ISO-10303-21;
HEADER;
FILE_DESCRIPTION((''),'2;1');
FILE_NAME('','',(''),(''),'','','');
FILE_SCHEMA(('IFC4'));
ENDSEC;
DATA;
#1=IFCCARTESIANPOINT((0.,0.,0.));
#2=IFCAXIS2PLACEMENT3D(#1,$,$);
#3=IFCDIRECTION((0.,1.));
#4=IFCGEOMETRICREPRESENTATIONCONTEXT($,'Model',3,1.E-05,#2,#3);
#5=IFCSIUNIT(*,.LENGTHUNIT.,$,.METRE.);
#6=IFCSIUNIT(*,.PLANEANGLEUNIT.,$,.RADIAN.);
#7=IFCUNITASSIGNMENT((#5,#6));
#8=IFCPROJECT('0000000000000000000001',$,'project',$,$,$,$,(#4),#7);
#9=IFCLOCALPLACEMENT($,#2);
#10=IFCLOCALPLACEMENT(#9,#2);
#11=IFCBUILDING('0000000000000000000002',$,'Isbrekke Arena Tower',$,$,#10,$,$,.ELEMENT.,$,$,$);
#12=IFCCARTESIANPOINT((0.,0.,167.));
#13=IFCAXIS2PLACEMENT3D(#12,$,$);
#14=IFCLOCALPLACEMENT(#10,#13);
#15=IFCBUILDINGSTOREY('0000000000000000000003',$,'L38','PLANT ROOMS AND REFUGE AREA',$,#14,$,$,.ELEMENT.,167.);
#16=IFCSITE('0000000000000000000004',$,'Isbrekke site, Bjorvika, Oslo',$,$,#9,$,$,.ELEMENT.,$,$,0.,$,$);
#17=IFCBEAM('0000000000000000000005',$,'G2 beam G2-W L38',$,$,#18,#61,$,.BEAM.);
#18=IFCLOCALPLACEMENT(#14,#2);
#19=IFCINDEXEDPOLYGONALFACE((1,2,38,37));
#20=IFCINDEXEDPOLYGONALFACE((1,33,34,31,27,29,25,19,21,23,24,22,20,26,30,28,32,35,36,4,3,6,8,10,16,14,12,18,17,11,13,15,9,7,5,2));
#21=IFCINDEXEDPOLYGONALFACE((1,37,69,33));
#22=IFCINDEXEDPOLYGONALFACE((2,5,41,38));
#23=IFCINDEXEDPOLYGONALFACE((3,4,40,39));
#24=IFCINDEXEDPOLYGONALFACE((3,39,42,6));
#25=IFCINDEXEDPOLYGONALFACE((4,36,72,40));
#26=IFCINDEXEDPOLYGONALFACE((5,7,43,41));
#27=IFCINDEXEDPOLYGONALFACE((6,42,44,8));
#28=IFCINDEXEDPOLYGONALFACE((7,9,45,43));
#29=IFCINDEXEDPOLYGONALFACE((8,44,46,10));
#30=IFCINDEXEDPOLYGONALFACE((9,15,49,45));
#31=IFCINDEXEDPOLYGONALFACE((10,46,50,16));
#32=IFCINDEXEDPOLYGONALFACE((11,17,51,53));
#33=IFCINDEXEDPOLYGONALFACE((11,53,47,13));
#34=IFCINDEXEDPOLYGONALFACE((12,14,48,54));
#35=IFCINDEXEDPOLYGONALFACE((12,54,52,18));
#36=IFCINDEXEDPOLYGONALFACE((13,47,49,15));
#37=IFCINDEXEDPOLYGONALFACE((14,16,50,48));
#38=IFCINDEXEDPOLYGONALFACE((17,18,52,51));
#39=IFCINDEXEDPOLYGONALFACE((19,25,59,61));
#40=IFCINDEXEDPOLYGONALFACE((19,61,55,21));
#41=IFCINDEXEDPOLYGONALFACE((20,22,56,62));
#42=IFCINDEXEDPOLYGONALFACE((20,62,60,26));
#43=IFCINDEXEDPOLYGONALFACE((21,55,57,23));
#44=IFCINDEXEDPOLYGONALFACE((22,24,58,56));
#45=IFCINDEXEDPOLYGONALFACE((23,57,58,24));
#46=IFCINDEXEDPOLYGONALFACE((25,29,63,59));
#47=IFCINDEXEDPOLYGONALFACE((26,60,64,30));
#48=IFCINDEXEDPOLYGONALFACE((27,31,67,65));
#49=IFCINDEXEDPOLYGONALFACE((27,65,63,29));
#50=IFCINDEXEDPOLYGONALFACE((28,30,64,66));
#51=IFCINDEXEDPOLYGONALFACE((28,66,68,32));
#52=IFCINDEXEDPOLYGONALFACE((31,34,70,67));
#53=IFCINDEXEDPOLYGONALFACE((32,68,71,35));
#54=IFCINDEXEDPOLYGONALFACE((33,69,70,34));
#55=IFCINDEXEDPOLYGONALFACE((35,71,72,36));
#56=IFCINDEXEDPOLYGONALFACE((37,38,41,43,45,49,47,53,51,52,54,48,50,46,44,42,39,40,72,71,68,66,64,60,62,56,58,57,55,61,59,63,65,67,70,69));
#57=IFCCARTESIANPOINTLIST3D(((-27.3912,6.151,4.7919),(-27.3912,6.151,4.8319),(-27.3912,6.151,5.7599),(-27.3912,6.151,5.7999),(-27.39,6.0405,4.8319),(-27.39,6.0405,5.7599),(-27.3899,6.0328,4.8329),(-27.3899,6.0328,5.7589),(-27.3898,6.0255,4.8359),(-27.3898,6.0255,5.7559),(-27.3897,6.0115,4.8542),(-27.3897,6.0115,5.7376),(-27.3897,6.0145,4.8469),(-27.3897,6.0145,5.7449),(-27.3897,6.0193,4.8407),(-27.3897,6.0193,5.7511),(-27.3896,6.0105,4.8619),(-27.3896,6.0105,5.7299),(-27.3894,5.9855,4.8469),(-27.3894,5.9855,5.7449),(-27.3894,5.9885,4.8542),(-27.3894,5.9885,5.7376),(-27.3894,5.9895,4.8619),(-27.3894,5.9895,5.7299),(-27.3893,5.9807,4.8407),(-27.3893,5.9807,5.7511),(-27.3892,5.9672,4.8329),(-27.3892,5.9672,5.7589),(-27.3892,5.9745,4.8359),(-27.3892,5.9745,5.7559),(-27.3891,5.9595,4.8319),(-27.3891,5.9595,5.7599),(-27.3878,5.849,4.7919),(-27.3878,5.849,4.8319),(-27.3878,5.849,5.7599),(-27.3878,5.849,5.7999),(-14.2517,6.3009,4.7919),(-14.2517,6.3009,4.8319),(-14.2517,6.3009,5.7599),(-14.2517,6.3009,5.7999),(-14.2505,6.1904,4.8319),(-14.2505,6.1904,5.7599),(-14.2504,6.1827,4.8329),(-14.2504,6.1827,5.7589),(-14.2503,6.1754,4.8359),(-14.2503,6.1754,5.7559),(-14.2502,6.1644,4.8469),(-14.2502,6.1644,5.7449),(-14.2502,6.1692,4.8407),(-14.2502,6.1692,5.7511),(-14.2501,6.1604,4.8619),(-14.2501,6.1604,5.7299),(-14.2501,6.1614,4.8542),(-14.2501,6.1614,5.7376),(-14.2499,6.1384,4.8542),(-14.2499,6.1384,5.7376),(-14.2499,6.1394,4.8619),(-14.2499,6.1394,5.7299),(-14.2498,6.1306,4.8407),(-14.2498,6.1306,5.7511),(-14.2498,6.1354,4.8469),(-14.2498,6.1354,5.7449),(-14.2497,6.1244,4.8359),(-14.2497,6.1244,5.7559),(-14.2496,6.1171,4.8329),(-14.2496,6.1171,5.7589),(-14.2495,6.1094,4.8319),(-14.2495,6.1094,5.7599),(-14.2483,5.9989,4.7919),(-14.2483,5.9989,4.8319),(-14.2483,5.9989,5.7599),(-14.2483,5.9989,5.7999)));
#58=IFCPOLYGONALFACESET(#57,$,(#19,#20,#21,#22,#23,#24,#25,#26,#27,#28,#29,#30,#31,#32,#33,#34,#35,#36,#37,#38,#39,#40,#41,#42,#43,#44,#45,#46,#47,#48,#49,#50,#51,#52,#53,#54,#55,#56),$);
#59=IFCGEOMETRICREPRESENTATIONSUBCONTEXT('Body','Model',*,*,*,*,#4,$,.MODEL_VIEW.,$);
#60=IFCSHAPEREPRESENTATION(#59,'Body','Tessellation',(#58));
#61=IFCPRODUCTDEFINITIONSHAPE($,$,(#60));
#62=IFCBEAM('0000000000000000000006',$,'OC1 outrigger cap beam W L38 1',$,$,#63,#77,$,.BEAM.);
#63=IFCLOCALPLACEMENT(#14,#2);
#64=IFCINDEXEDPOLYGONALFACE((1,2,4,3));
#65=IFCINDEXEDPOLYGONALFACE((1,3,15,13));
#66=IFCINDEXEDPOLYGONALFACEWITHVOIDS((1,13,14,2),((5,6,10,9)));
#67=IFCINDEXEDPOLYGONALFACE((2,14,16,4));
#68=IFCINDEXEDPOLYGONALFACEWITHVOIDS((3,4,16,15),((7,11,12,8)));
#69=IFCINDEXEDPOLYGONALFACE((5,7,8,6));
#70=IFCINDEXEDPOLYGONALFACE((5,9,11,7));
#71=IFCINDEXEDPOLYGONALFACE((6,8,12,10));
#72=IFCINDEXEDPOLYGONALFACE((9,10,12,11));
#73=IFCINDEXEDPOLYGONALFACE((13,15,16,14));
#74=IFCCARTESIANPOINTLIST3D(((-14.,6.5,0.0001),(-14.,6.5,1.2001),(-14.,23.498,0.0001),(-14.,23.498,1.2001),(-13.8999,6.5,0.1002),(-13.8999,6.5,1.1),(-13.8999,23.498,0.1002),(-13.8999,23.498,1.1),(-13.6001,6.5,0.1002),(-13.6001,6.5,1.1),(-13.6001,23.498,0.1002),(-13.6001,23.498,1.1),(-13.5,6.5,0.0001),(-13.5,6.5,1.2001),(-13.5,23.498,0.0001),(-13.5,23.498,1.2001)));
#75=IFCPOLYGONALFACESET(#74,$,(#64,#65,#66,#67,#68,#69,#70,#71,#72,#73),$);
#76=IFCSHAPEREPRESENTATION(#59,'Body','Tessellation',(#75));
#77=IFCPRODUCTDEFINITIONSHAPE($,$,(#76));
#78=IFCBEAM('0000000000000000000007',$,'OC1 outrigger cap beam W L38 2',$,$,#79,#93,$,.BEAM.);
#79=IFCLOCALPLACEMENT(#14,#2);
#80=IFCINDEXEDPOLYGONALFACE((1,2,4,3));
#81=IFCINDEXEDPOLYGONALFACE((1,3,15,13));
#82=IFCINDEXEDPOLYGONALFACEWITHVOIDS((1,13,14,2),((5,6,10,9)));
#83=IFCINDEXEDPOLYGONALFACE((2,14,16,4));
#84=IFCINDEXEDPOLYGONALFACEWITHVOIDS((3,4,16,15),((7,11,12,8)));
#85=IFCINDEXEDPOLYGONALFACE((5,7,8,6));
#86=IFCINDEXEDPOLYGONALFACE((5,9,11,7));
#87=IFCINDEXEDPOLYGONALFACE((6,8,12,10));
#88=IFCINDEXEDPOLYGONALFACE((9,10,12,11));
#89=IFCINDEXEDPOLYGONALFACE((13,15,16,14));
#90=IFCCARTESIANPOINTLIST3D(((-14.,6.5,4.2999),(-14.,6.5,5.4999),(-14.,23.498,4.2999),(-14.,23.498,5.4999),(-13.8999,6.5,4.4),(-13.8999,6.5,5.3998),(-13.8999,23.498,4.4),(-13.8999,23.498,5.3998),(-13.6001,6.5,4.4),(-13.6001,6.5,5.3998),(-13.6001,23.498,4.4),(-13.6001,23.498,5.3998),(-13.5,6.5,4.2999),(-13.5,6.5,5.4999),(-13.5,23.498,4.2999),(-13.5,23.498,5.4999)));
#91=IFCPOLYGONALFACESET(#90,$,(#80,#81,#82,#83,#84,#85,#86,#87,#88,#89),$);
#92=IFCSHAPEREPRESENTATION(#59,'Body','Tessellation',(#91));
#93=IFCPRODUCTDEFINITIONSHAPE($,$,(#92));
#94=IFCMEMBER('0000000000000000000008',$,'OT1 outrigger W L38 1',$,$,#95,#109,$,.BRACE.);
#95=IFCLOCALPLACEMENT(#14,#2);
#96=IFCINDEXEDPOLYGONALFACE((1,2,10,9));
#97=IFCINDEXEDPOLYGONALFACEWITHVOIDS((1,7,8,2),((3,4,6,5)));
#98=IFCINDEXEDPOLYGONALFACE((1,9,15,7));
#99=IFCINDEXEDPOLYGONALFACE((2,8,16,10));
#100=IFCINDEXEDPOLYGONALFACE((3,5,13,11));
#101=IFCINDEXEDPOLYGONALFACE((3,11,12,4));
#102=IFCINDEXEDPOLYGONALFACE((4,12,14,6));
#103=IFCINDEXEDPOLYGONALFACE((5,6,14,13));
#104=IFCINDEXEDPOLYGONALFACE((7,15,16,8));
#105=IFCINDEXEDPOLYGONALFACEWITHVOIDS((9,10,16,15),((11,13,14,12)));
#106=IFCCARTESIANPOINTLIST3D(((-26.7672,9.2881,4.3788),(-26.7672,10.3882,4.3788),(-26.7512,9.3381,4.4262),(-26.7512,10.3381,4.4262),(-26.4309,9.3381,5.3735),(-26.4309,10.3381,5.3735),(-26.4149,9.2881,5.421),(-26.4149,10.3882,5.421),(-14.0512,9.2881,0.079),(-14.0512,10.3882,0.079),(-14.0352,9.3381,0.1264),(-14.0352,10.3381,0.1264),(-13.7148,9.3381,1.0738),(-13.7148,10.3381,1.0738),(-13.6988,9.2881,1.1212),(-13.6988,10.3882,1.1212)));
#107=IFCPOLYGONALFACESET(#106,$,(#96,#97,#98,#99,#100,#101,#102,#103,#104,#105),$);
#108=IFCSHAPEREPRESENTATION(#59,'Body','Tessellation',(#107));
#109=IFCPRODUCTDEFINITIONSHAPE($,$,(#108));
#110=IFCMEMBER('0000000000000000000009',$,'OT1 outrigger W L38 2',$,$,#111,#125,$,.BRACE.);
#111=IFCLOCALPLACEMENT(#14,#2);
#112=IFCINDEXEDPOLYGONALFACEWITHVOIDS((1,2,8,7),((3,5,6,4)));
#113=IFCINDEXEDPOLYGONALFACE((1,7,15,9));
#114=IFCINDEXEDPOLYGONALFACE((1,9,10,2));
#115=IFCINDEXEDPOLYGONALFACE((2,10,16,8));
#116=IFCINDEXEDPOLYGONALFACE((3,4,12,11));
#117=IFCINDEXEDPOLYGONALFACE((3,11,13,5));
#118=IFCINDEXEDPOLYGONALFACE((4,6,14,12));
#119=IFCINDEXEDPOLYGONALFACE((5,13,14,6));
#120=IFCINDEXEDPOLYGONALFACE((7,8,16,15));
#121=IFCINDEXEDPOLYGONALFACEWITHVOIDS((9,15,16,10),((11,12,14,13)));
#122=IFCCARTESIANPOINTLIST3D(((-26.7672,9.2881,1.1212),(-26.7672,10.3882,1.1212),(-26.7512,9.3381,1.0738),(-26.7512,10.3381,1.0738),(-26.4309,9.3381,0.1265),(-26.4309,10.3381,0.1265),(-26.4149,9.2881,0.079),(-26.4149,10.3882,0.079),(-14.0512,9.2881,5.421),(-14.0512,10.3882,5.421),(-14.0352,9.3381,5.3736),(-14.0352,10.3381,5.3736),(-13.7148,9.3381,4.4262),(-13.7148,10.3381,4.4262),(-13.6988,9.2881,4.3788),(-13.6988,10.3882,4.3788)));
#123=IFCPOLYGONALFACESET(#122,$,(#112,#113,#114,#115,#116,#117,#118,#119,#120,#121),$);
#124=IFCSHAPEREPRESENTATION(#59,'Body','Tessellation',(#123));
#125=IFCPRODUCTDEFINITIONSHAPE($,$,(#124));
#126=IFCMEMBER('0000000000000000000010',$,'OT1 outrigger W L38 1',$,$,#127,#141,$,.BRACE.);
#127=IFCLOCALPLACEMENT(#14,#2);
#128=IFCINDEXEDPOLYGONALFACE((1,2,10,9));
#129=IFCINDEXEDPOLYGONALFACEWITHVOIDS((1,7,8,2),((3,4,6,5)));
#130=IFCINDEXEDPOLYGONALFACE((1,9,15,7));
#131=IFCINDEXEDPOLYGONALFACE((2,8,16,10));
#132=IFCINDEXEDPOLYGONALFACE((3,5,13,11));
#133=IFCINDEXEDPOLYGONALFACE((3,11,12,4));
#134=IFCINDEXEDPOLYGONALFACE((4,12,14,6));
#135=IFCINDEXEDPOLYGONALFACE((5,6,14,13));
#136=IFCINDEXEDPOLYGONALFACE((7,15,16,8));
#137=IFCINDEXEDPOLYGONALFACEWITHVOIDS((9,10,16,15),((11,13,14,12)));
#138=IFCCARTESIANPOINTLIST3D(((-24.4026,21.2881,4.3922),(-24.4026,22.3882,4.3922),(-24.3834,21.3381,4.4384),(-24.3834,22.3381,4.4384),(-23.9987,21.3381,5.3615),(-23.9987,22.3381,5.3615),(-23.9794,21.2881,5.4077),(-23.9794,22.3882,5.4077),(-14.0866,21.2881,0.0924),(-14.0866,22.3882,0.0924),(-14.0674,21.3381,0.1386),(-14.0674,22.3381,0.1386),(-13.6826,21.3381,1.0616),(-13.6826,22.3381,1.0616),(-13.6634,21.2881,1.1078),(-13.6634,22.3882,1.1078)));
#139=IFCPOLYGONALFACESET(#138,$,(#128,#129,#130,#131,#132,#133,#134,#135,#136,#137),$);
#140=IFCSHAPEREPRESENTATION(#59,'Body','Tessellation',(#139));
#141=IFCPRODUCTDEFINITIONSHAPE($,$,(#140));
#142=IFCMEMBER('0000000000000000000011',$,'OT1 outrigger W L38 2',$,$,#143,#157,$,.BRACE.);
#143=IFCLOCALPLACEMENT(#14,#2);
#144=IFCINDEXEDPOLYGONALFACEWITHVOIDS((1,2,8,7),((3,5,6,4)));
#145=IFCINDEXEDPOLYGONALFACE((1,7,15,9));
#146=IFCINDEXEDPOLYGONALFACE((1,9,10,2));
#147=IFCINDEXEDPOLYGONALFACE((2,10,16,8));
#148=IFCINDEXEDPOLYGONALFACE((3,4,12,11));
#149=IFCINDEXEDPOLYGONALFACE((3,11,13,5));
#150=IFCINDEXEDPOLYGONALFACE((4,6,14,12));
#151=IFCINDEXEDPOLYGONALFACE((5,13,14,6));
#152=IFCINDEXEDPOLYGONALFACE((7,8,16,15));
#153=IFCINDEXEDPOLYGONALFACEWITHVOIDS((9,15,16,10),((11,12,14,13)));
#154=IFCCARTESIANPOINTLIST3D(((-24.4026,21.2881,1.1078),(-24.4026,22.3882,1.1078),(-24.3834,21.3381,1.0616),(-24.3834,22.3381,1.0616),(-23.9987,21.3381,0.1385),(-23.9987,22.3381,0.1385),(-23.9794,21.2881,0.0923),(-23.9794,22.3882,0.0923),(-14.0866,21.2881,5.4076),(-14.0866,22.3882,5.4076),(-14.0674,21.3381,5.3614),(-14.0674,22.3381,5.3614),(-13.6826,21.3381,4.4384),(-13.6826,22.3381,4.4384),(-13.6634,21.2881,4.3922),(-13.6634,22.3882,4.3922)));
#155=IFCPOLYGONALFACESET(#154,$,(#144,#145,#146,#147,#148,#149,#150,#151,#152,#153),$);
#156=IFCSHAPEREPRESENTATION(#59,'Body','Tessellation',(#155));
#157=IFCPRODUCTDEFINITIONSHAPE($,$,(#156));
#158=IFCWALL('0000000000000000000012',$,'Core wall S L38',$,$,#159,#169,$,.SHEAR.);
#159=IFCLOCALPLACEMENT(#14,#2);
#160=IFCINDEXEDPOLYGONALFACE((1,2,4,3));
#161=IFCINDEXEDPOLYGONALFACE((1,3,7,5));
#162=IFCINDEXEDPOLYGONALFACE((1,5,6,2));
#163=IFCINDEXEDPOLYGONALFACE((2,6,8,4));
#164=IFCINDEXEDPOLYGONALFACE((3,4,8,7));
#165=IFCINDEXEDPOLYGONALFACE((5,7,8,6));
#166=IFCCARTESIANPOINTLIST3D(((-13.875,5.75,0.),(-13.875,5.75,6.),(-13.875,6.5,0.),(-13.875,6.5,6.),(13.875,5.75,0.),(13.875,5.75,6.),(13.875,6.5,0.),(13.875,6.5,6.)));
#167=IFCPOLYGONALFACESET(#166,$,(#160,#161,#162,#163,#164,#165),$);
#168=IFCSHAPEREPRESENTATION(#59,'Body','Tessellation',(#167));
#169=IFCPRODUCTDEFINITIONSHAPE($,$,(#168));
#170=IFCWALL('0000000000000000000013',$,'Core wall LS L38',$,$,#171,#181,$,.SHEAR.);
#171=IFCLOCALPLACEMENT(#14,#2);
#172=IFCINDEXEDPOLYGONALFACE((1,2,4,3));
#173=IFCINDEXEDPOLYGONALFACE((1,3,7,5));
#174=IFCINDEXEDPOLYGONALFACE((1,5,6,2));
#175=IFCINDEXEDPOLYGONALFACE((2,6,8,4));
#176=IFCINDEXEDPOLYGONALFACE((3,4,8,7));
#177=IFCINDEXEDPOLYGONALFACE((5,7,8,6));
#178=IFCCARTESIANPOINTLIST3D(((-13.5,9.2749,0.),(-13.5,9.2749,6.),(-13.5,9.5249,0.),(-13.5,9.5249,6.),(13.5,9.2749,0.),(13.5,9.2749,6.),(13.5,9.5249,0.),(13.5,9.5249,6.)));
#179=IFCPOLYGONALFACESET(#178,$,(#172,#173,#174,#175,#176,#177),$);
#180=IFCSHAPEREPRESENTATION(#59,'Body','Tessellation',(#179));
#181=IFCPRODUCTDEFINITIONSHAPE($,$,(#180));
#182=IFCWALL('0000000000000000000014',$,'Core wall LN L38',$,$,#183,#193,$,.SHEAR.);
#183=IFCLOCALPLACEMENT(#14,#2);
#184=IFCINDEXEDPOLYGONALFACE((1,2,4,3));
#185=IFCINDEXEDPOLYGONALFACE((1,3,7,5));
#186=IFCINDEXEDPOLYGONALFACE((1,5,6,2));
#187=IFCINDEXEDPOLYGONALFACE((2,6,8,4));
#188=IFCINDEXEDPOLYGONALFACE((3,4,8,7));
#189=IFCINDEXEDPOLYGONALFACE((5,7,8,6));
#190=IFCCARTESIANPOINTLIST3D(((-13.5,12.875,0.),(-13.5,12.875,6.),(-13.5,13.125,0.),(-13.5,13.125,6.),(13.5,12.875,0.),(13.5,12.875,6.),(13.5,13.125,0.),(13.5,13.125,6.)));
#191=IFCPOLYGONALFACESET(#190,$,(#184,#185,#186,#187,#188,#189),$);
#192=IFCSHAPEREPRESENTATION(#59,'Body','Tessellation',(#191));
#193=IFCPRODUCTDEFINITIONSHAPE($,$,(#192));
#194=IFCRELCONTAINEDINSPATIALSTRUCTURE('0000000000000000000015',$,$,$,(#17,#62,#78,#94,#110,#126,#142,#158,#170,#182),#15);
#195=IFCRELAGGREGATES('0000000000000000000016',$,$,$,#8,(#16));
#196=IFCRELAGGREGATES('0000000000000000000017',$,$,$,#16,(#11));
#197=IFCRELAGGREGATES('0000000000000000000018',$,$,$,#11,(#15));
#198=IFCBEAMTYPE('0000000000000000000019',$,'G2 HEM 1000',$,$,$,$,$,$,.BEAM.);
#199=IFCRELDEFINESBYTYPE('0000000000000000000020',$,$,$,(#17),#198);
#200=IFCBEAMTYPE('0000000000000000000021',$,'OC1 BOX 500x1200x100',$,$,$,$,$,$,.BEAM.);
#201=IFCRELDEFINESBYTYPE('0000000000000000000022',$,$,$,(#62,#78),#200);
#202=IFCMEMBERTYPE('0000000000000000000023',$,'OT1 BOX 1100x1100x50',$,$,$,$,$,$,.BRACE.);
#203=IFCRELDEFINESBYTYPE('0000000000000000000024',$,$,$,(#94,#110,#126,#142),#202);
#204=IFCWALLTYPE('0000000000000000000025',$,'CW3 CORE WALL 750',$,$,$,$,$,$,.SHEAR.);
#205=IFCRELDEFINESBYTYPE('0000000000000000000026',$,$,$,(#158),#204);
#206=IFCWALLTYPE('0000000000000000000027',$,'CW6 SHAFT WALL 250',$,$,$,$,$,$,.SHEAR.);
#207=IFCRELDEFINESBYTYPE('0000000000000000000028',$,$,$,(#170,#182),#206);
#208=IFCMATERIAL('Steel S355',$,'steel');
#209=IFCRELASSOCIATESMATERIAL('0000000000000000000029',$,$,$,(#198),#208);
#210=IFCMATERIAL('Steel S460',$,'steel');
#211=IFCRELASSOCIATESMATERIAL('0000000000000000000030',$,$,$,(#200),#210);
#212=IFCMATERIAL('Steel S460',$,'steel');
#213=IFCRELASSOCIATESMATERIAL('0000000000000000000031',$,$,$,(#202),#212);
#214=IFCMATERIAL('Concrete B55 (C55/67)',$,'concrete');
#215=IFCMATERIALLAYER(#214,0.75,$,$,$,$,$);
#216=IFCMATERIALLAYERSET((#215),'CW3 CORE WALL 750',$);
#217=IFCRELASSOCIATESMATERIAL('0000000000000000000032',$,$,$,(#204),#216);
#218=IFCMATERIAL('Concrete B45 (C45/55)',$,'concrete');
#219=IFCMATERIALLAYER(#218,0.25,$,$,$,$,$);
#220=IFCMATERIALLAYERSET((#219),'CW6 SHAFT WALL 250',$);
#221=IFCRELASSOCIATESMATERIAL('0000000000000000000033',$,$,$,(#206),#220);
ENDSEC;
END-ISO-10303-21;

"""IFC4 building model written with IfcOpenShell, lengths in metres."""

from ifc_helpers import new_model, si_unit, direction, frame, frame_2d, origin, origin_2d, place, context, subcontext, project, spatial, rectangle, hollow_rectangle, i_section, extrude, material, layer, layer_set, material_profile, profile_set, type_object, element, save


model = new_model("IFC4")

# Units and contexts
model_context = context("Model", 3, precision=1e-05, world=origin(), true_north=direction((0.0, 1.0)))
body_context = subcontext(model_context, "Body", "Model", "MODEL_VIEW")
ifc_project = project(units=[si_unit("LENGTHUNIT", "METRE"), si_unit("PLANEANGLEUNIT", "RADIAN")], contexts=[model_context])

# Site, building, storey
site_placement = place(None, origin())
site = spatial("IfcSite", under=ifc_project, at=site_placement, Name="Isbrekke site, Bjorvika, Oslo", CompositionType="ELEMENT", RefElevation=0.0)
building_placement = place(site_placement, origin())
building = spatial("IfcBuilding", under=site, at=building_placement, Name="Isbrekke Arena Tower", CompositionType="ELEMENT")
storey_placement = place(building_placement, frame((0.0, 0.0, 167.0)))
storey = spatial("IfcBuildingStorey", under=building, at=storey_placement, Name="L38", Description="PLANT ROOMS AND REFUGE AREA", CompositionType="ELEMENT", Elevation=167.0)

# Beams
ifc_material_1 = material(Name="Steel S355", Category="steel")
ifc_material_profile_1 = material_profile(ifc_material_1, i_section(OverallWidth=0.302, OverallDepth=1.0081, WebThickness=0.021, FlangeThickness=0.04, FilletRadius=0.03, at=origin_2d()), Name="HEM 1000")
ifc_profile_set_1 = profile_set([ifc_material_profile_1], Name="Steel S355")
beam_type_1 = type_object("IfcBeamType", Name="G2 HEM 1000", PredefinedType="BEAM", material=ifc_profile_set_1)
beam_placement = place(storey_placement, frame((-14.25, 6.1499, 5.2959), z_axis=(-0.999935, -0.011408, 0.0), x_axis=(0.011408, -0.999935, 0.0)))
element("IfcBeam", 1, at=beam_placement, inside=storey, type_object=beam_type_1, Name="G2 beam G2-W L38", PredefinedType="BEAM", context=body_context, shape_type="SweptSolid", body=[
    extrude(i_section(OverallWidth=0.302, OverallDepth=1.0081, WebThickness=0.021, FlangeThickness=0.04, FilletRadius=0.03, at=origin_2d()), origin(), (0.0, 0.0, 1.0), 13.1404),
])
ifc_material_2 = material(Name="Steel S460", Category="steel")
ifc_material_profile_2 = material_profile(ifc_material_2, hollow_rectangle(XDim=0.5, YDim=1.2, WallThickness=0.1001, at=origin_2d()), Name="BOX 500x1200x100")
ifc_profile_set_2 = profile_set([ifc_material_profile_2], Name="Steel S460")
beam_type_2 = type_object("IfcBeamType", Name="OC1 BOX 500x1200x100", PredefinedType="BEAM", material=ifc_profile_set_2)
for number, where, z_axis, x_axis, name in (
    (2, (-13.75, 6.5, 0.6001), (0.0, 1.0, 0.0), (-1.0, 0.0, 0.0), "OC1 outrigger cap beam W L38 1"),
    (3, (-13.75, 6.5, 4.8999), (0.0, 1.0, 0.0), (-1.0, 0.0, 0.0), "OC1 outrigger cap beam W L38 2"),
):
    element("IfcBeam", number, at=place(storey_placement, frame(where, z_axis=z_axis, x_axis=x_axis)), inside=storey, type_object=beam_type_2, Name=name, PredefinedType="BEAM", context=body_context, shape_type="SweptSolid", body=[
        extrude(hollow_rectangle(XDim=0.5, YDim=1.2, WallThickness=0.1001, at=origin_2d()), origin(), (0.0, 0.0, 1.0), 16.998),
    ])

# Members
ifc_material_3 = material(Name="Steel S460", Category="steel")
ifc_material_profile_3 = material_profile(ifc_material_3, hollow_rectangle(XDim=1.1001, YDim=1.1001, WallThickness=0.05, at=origin_2d()), Name="BOX 1100x1100x50")
ifc_profile_set_3 = profile_set([ifc_material_profile_3], Name="Steel S460")
member_type = type_object("IfcMemberType", Name="OT1 BOX 1100x1100x50", PredefinedType="BRACE", material=ifc_profile_set_3)
for number, where, z_axis, x_axis, name in (
    (4, (-13.875, 9.8381, 0.6001), (-0.947309, 0.0, 0.320323), (0.0, -1.0, 0.0), "OT1 outrigger W L38 1"),
    (5, (-13.875, 9.8381, 4.8999), (-0.947309, 0.0, -0.320323), (0.0, -1.0, 0.0), "OT1 outrigger W L38 2"),
):
    element("IfcMember", number, at=place(storey_placement, frame(where, z_axis=z_axis, x_axis=x_axis)), inside=storey, type_object=member_type, Name=name, PredefinedType="BRACE", context=body_context, shape_type="SweptSolid", body=[
        extrude(hollow_rectangle(XDim=1.1001, YDim=1.1001, WallThickness=0.05, at=origin_2d()), origin(), (0.0, 0.0, 1.0), 13.4233),
    ])
for number, where, z_axis, x_axis, name in (
    (6, (-13.875, 21.8381, 0.6001), (-0.923029, 0.0, 0.38473), (0.0, -1.0, 0.0), "OT1 outrigger W L38 1"),
    (7, (-13.875, 21.8381, 4.8999), (-0.923029, 0.0, -0.38473), (0.0, -1.0, 0.0), "OT1 outrigger W L38 2"),
):
    element("IfcMember", number, at=place(storey_placement, frame(where, z_axis=z_axis, x_axis=x_axis)), inside=storey, type_object=member_type, Name=name, PredefinedType="BRACE", context=body_context, shape_type="SweptSolid", body=[
        extrude(hollow_rectangle(XDim=1.1001, YDim=1.1001, WallThickness=0.05, at=origin_2d()), origin(), (0.0, 0.0, 1.0), 11.1763),
    ])

# Walls
ifc_material_4 = material(Name="Concrete B55 (C55/67)", Category="concrete")
ifc_layer_1 = layer(ifc_material_4, 0.75)
ifc_layer_set_1 = layer_set([ifc_layer_1], Name="CW3 CORE WALL 750")
wall_type_1 = type_object("IfcWallType", Name="CW3 CORE WALL 750", PredefinedType="SHEAR", material=ifc_layer_set_1)
wall_1_placement = place(storey_placement, frame((-13.875, 6.125, 0.0), z_axis=(0.0, 0.0, 1.0), x_axis=(1.0, 0.0, 0.0)))
element("IfcWall", 8, at=wall_1_placement, inside=storey, type_object=wall_type_1, Name="Core wall S L38", PredefinedType="SHEAR", context=body_context, shape_type="SweptSolid", body=[
    extrude(rectangle(XDim=27.75, YDim=0.75, at=frame_2d((13.875, 0.0))), origin(), (0.0, 0.0, 1.0), 6.0),
])
ifc_material_5 = material(Name="Concrete B45 (C45/55)", Category="concrete")
ifc_layer_2 = layer(ifc_material_5, 0.25)
ifc_layer_set_2 = layer_set([ifc_layer_2], Name="CW6 SHAFT WALL 250")
wall_type_2 = type_object("IfcWallType", Name="CW6 SHAFT WALL 250", PredefinedType="SHEAR", material=ifc_layer_set_2)
for number, where, z_axis, x_axis, name in (
    (9, (-13.5, 9.3999, 0.0), (0.0, 0.0, 1.0), (1.0, 0.0, 0.0), "Core wall LS L38"),
    (10, (-13.5, 13.0, 0.0), (0.0, 0.0, 1.0), (1.0, 0.0, 0.0), "Core wall LN L38"),
):
    element("IfcWall", number, at=place(storey_placement, frame(where, z_axis=z_axis, x_axis=x_axis)), inside=storey, type_object=wall_type_2, Name=name, PredefinedType="SHEAR", context=body_context, shape_type="SweptSolid", body=[
        extrude(rectangle(XDim=27.0, YDim=0.25, at=frame_2d((13.5, 0.0))), origin(), (0.0, 0.0, 1.0), 6.0),
    ])

save(model, "model.ifc")
